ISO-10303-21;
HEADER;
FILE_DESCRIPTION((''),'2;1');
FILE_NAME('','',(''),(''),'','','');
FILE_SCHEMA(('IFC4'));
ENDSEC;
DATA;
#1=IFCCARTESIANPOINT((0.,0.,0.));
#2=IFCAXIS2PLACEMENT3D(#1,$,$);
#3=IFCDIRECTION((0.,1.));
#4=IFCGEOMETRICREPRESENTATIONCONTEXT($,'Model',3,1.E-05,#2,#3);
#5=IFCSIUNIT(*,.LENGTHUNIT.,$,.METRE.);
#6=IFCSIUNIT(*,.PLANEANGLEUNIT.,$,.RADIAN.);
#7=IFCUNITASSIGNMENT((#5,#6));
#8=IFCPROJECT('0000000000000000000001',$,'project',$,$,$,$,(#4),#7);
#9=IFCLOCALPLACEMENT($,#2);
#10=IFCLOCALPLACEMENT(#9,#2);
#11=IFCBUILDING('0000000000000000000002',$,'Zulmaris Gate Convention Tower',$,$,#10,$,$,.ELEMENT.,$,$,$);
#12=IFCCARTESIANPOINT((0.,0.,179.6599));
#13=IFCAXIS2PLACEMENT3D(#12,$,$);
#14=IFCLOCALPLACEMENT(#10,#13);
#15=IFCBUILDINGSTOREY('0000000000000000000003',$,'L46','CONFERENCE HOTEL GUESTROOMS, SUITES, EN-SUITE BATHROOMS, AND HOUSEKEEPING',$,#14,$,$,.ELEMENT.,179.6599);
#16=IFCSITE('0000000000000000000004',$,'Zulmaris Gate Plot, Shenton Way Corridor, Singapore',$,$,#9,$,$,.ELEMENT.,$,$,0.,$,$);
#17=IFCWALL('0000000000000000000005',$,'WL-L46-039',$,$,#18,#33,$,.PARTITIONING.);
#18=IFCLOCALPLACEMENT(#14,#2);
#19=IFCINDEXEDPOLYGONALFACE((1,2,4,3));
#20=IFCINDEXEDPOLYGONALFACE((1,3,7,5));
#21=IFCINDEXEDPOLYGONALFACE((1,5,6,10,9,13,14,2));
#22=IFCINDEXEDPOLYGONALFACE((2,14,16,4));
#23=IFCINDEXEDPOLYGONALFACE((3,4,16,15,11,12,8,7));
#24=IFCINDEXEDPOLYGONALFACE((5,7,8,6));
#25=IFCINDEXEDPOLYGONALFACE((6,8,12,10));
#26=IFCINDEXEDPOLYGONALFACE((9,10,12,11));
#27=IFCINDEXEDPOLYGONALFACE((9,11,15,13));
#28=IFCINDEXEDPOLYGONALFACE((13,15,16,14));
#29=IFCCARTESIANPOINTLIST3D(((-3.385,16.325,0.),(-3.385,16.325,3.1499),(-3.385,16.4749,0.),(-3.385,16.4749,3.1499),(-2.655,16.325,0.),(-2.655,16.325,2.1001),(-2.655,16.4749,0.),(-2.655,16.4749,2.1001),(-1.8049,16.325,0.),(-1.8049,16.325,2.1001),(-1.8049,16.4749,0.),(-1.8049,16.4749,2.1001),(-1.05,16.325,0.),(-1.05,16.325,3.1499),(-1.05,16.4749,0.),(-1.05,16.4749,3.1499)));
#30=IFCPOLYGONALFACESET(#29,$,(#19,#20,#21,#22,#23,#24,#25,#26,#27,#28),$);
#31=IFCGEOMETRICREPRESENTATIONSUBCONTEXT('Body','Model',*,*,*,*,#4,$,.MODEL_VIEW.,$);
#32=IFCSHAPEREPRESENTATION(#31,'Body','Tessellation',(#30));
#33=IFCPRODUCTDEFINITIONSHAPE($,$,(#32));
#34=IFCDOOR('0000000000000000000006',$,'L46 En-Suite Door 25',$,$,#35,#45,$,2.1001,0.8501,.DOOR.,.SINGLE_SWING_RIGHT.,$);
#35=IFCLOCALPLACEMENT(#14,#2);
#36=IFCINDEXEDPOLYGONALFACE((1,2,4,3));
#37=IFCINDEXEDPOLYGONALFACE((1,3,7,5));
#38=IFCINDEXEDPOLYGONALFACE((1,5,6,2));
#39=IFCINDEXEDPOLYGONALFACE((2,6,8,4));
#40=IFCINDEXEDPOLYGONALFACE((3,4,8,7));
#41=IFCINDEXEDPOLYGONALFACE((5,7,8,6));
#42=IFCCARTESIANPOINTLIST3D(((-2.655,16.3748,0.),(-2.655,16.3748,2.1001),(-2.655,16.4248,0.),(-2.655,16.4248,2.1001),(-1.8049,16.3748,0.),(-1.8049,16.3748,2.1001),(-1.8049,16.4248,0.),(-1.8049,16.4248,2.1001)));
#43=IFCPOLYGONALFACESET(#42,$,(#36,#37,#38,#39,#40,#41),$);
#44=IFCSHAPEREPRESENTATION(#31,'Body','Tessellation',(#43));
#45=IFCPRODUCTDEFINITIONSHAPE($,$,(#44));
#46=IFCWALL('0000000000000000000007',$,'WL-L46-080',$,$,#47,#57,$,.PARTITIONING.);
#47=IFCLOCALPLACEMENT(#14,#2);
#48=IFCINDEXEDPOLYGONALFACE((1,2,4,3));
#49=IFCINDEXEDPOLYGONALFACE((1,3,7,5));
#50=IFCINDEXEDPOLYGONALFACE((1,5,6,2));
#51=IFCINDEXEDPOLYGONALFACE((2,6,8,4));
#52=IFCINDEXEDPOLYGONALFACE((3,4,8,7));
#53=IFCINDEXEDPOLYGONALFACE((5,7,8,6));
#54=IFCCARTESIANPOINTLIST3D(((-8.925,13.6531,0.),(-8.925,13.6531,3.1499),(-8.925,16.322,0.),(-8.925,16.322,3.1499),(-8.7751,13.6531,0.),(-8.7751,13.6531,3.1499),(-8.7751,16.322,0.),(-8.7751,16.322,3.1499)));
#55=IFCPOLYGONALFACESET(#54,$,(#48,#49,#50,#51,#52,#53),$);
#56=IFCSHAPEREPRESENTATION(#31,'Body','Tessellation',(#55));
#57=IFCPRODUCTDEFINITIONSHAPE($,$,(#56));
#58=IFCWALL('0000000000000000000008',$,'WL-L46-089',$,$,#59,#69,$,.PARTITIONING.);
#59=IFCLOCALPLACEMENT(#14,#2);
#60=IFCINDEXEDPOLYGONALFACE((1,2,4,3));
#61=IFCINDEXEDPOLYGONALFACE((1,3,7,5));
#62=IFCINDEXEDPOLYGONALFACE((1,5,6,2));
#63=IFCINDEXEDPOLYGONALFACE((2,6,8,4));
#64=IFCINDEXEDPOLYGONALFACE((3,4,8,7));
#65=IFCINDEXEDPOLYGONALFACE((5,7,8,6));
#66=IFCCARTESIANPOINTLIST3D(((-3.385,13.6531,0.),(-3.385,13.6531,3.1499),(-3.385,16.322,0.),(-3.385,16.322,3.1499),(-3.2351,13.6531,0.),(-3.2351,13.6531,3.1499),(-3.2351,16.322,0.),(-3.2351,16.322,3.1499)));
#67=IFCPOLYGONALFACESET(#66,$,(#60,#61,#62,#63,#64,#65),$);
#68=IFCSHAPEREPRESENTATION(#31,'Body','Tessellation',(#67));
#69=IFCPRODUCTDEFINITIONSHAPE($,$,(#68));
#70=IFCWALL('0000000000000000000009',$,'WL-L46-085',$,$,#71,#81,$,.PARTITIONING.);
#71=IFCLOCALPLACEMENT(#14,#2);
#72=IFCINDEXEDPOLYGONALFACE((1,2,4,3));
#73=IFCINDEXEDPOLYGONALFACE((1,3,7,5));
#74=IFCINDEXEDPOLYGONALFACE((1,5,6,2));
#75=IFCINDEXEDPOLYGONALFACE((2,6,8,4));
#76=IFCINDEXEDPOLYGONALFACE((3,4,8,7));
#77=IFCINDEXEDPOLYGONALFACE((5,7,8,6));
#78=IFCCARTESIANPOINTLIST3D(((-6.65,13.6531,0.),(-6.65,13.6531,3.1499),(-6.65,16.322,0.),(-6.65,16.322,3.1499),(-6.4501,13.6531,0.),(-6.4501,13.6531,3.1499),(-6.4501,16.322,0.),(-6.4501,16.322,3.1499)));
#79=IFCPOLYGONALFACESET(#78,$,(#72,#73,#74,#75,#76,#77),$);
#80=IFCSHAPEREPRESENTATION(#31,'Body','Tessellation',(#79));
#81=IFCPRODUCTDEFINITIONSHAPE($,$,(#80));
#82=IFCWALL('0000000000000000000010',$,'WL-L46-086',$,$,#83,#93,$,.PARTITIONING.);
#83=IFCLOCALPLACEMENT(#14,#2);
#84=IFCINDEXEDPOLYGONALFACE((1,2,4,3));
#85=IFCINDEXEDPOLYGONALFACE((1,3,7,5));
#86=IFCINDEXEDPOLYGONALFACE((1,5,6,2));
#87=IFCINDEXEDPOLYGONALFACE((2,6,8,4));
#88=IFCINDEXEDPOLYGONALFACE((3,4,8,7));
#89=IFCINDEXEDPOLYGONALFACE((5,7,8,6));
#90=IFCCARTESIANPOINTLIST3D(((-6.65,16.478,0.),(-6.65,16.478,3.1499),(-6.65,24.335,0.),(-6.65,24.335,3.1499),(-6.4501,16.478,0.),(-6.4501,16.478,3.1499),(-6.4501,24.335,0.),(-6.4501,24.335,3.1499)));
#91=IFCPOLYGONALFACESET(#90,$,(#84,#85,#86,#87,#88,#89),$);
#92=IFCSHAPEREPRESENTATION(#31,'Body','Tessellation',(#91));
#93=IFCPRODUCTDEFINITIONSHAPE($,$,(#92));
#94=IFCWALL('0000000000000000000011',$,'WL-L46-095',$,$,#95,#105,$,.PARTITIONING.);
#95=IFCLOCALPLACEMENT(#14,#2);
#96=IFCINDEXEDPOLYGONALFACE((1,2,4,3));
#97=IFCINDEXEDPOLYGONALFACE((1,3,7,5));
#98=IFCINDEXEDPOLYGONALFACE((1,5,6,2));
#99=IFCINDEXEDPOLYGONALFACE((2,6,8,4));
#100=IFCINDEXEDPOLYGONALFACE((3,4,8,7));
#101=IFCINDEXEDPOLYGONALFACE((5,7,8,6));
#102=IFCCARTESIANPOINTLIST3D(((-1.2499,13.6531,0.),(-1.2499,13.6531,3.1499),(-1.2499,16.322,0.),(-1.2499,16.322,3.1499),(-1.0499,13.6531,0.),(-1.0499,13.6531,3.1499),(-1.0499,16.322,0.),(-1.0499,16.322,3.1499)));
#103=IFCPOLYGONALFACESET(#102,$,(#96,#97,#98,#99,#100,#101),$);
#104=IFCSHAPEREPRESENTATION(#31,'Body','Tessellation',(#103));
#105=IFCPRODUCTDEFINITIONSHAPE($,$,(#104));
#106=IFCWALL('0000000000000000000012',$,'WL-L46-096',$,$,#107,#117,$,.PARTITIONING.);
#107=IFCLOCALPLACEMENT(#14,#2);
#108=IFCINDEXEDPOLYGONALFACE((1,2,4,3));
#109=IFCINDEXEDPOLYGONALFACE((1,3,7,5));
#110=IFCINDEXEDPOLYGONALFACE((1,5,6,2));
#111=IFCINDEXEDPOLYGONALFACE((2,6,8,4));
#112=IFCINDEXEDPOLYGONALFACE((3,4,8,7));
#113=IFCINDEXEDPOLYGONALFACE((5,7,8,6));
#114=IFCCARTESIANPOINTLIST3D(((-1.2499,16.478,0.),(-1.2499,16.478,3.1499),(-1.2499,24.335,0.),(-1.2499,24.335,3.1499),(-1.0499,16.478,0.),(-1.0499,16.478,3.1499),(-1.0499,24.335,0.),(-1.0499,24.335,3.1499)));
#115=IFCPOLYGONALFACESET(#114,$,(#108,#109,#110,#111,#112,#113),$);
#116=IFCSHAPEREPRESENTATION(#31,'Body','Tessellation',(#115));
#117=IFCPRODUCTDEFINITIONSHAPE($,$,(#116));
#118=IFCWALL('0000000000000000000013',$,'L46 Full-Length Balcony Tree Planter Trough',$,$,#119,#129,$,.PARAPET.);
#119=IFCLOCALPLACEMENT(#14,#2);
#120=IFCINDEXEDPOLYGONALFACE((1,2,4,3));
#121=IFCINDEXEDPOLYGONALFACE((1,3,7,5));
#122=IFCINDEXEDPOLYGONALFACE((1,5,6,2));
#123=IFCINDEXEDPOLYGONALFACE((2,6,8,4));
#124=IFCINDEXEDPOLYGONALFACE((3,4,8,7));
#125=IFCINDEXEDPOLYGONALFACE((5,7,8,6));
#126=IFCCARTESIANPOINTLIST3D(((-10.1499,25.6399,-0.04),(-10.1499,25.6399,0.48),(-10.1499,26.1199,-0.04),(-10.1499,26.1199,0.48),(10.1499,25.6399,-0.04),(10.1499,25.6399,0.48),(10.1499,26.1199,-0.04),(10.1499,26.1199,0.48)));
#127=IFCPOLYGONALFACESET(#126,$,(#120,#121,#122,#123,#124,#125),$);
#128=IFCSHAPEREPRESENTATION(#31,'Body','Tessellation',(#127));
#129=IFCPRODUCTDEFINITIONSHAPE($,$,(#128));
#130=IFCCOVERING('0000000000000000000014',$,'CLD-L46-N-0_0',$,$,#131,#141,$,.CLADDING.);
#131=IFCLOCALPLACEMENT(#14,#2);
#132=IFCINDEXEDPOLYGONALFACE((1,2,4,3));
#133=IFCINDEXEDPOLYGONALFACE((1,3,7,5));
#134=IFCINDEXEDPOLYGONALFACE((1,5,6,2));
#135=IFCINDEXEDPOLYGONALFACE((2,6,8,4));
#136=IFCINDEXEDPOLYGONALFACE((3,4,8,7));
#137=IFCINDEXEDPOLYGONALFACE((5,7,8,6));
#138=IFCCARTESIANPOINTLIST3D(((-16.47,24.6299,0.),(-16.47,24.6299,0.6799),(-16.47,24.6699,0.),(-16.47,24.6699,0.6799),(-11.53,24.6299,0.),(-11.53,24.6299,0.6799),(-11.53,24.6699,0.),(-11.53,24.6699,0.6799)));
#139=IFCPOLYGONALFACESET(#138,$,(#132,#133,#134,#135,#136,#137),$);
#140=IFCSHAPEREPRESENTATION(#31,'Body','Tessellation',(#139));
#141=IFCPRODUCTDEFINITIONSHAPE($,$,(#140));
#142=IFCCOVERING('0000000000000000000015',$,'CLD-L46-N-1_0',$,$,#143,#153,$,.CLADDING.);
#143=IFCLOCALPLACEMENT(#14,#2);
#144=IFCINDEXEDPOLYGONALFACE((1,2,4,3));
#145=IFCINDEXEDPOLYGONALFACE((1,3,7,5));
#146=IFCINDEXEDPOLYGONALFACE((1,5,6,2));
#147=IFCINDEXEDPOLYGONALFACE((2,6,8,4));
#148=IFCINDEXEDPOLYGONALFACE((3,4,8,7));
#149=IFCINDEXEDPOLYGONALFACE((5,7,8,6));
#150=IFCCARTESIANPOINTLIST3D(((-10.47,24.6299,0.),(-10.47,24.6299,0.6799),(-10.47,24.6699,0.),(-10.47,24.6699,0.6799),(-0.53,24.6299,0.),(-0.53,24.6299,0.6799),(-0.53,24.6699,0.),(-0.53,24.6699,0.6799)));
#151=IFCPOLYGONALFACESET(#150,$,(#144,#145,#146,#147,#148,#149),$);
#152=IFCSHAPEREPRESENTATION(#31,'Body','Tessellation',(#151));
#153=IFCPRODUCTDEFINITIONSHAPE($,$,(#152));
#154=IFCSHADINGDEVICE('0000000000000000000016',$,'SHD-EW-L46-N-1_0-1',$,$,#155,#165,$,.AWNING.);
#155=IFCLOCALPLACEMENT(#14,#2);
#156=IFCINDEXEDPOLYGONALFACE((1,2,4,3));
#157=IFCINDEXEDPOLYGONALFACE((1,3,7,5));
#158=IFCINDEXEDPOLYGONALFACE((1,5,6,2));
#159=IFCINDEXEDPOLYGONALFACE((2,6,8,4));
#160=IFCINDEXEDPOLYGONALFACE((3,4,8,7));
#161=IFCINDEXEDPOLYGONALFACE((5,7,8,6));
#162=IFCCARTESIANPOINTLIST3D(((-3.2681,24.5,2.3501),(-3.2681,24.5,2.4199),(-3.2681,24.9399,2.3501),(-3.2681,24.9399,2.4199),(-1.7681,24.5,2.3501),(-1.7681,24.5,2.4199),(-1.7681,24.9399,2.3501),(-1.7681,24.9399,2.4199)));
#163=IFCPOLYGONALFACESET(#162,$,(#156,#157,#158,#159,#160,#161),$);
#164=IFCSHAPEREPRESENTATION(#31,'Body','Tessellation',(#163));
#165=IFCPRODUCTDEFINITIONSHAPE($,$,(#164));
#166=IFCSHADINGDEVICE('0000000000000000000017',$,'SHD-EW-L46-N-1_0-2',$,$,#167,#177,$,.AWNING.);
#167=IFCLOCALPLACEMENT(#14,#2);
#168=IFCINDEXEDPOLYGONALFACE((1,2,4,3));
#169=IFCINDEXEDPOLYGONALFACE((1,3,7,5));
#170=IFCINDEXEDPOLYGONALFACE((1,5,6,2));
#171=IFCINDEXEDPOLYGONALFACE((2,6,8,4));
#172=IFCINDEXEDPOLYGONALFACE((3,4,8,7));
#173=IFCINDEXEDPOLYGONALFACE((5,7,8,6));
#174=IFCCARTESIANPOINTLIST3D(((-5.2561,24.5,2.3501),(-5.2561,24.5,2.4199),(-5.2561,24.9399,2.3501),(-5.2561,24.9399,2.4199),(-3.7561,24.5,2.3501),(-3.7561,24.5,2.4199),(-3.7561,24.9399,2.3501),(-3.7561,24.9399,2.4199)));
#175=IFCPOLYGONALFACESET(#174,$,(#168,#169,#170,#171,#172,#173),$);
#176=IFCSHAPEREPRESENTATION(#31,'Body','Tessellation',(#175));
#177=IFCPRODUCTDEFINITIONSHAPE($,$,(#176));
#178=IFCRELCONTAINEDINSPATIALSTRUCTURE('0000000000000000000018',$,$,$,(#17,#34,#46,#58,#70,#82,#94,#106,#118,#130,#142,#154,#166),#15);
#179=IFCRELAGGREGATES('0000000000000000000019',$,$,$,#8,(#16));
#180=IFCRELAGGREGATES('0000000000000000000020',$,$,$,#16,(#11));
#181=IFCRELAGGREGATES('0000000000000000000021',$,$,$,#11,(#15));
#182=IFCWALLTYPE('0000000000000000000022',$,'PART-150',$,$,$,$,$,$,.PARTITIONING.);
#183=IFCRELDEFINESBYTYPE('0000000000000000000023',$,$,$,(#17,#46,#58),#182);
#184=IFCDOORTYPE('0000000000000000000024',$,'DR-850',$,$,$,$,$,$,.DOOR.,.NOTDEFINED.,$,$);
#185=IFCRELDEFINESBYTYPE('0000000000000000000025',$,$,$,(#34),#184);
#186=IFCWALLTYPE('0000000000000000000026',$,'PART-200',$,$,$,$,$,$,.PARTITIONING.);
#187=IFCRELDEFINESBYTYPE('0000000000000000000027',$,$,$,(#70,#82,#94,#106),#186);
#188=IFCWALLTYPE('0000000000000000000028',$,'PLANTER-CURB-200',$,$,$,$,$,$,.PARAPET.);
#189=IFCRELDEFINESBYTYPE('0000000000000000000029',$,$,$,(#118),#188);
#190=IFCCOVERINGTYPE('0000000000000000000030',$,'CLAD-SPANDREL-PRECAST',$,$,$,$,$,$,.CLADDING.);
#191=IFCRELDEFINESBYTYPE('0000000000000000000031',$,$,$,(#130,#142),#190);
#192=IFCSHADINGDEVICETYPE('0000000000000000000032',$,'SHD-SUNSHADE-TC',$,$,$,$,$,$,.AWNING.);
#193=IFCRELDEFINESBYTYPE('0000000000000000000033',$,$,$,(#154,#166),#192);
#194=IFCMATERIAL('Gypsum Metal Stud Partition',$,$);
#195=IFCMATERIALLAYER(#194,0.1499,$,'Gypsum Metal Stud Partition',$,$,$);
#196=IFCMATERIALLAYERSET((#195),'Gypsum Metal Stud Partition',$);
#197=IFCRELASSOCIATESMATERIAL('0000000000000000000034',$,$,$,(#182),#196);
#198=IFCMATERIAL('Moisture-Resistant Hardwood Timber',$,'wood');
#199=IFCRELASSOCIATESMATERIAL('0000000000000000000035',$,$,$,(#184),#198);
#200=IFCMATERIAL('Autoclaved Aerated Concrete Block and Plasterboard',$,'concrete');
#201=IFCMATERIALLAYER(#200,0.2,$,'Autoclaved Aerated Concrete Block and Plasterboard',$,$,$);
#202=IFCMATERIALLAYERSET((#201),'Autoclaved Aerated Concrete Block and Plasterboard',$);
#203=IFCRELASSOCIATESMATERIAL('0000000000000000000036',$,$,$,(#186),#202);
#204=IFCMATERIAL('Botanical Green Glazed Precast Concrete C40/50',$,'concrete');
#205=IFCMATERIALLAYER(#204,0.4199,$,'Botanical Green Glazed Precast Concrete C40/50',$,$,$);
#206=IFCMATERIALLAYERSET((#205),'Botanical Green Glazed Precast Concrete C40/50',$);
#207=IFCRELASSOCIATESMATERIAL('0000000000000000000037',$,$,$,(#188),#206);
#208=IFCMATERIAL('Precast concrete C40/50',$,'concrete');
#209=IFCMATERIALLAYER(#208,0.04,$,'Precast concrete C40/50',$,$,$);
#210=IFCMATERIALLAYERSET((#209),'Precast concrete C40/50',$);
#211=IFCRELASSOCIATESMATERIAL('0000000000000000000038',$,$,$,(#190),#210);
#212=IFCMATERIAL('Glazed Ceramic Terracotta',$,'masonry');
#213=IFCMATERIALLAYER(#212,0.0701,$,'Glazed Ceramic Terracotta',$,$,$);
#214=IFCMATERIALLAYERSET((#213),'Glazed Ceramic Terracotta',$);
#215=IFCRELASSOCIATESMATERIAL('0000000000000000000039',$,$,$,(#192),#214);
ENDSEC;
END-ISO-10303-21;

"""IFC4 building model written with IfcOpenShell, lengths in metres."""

from ifc_helpers import new_model, si_unit, direction, frame, frame_2d, origin, place, context, subcontext, project, spatial, rectangle, extrude, material, layer, layer_set, type_object, element, fill, save


model = new_model("IFC4")

# Units and contexts
model_context = context("Model", 3, precision=1e-05, world=origin(), true_north=direction((0.0, 1.0)))
body_context = subcontext(model_context, "Body", "Model", "MODEL_VIEW")
ifc_project = project(units=[si_unit("LENGTHUNIT", "METRE"), si_unit("PLANEANGLEUNIT", "RADIAN")], contexts=[model_context])

# Site, building, storey
site_placement = place(None, origin())
site = spatial("IfcSite", under=ifc_project, at=site_placement, Name="Zulmaris Gate Plot, Shenton Way Corridor, Singapore", CompositionType="ELEMENT", RefElevation=0.0)
building_placement = place(site_placement, origin())
building = spatial("IfcBuilding", under=site, at=building_placement, Name="Zulmaris Gate Convention Tower", CompositionType="ELEMENT")
storey_placement = place(building_placement, frame((0.0, 0.0, 179.6599)))
storey = spatial("IfcBuildingStorey", under=building, at=storey_placement, Name="L46", Description="CONFERENCE HOTEL GUESTROOMS, SUITES, EN-SUITE BATHROOMS, AND HOUSEKEEPING", CompositionType="ELEMENT", Elevation=179.6599)

# Shared definitions
ifc_material_1 = material(Name="Gypsum Metal Stud Partition")
ifc_layer_1 = layer(ifc_material_1, 0.1499, Name="Gypsum Metal Stud Partition")
ifc_layer_set_1 = layer_set([ifc_layer_1], Name="Gypsum Metal Stud Partition")
wall_type_1 = type_object("IfcWallType", Name="PART-150", PredefinedType="PARTITIONING", material=ifc_layer_set_1)

# Wall, opening, door
ifc_material_2 = material(Name="Moisture-Resistant Hardwood Timber", Category="wood")
door_type_1 = type_object("IfcDoorType", Name="DR-850", OperationType="NOTDEFINED", PredefinedType="DOOR", material=ifc_material_2)
wall_1_placement = place(storey_placement, frame((-3.385, 16.3999, 0.0), z_axis=(0.0, 0.0, 1.0), x_axis=(1.0, 0.0, 0.0)))
wall_1 = element("IfcWall", 1, at=wall_1_placement, inside=storey, type_object=wall_type_1, Name="WL-L46-039", PredefinedType="PARTITIONING", context=body_context, shape_type="SweptSolid", body=[
    extrude(rectangle(XDim=2.335, YDim=0.1499, at=frame_2d((1.1675, 0.0))), origin(), (0.0, 0.0, 1.0), 3.1499),
])
opening_1_placement = place(wall_1_placement, frame((0.73, 0.0, 0.0)))
opening_1 = element("IfcOpeningElement", 2, at=opening_1_placement, cuts=wall_1, PredefinedType="OPENING", context=body_context, shape_type="SweptSolid", body=[
    extrude(rectangle(XDim=0.8501, YDim=2.1001, at=frame_2d((0.425, 1.05))), frame((0.0, 0.085, 0.0), z_axis=(0.0, -1.0, 0.0), x_axis=(1.0, 0.0, 0.0)), (0.0, 0.0, 1.0), 0.1699),
])
door_1_placement = place(opening_1_placement, origin())
door_1 = element("IfcDoor", 3, at=door_1_placement, inside=storey, type_object=door_type_1, Name="L46 En-Suite Door 25", OperationType="SINGLE_SWING_RIGHT", OverallHeight=2.1001, OverallWidth=0.8501, PredefinedType="DOOR", context=body_context, shape_type="SweptSolid", body=[
    extrude(rectangle(XDim=0.8501, YDim=2.1001, at=frame_2d((0.425, 1.05))), frame((0.0, 0.0249, 0.0), z_axis=(0.0, -1.0, 0.0), x_axis=(1.0, 0.0, 0.0)), (0.0, 0.0, 1.0), 0.05),
])
fill(opening_1, door_1)

# Walls
for number, where, z_axis, x_axis, name in (
    (4, (-8.8501, 13.6531, 0.0), (0.0, 0.0, 1.0), (0.0, 1.0, 0.0), "WL-L46-080"),
    (5, (-3.3101, 13.6531, 0.0), (0.0, 0.0, 1.0), (0.0, 1.0, 0.0), "WL-L46-089"),
):
    element("IfcWall", number, at=place(storey_placement, frame(where, z_axis=z_axis, x_axis=x_axis)), inside=storey, type_object=wall_type_1, Name=name, PredefinedType="PARTITIONING", context=body_context, shape_type="SweptSolid", body=[
        extrude(rectangle(XDim=2.6689, YDim=0.1499, at=frame_2d((1.3345, 0.0))), origin(), (0.0, 0.0, 1.0), 3.1499),
    ])
ifc_material_3 = material(Name="Autoclaved Aerated Concrete Block and Plasterboard", Category="concrete")
ifc_layer_2 = layer(ifc_material_3, 0.2, Name="Autoclaved Aerated Concrete Block and Plasterboard")
ifc_layer_set_2 = layer_set([ifc_layer_2], Name="Autoclaved Aerated Concrete Block and Plasterboard")
wall_type_2 = type_object("IfcWallType", Name="PART-200", PredefinedType="PARTITIONING", material=ifc_layer_set_2)
wall_2_placement = place(storey_placement, frame((-6.55, 13.6531, 0.0), z_axis=(0.0, 0.0, 1.0), x_axis=(0.0, 1.0, 0.0)))
element("IfcWall", 6, at=wall_2_placement, inside=storey, type_object=wall_type_2, Name="WL-L46-085", PredefinedType="PARTITIONING", context=body_context, shape_type="SweptSolid", body=[
    extrude(rectangle(XDim=2.6689, YDim=0.2, at=frame_2d((1.3345, 0.0))), origin(), (0.0, 0.0, 1.0), 3.1499),
])
wall_3_placement = place(storey_placement, frame((-6.55, 16.478, 0.0), z_axis=(0.0, 0.0, 1.0), x_axis=(0.0, 1.0, 0.0)))
element("IfcWall", 7, at=wall_3_placement, inside=storey, type_object=wall_type_2, Name="WL-L46-086", PredefinedType="PARTITIONING", context=body_context, shape_type="SweptSolid", body=[
    extrude(rectangle(XDim=7.8569, YDim=0.2, at=frame_2d((3.9285, 0.0))), origin(), (0.0, 0.0, 1.0), 3.1499),
])
wall_4_placement = place(storey_placement, frame((-1.1499, 13.6531, 0.0), z_axis=(0.0, 0.0, 1.0), x_axis=(0.0, 1.0, 0.0)))
element("IfcWall", 8, at=wall_4_placement, inside=storey, type_object=wall_type_2, Name="WL-L46-095", PredefinedType="PARTITIONING", context=body_context, shape_type="SweptSolid", body=[
    extrude(rectangle(XDim=2.6689, YDim=0.2, at=frame_2d((1.3345, 0.0))), origin(), (0.0, 0.0, 1.0), 3.1499),
])
wall_5_placement = place(storey_placement, frame((-1.1499, 16.478, 0.0), z_axis=(0.0, 0.0, 1.0), x_axis=(0.0, 1.0, 0.0)))
element("IfcWall", 9, at=wall_5_placement, inside=storey, type_object=wall_type_2, Name="WL-L46-096", PredefinedType="PARTITIONING", context=body_context, shape_type="SweptSolid", body=[
    extrude(rectangle(XDim=7.8569, YDim=0.2, at=frame_2d((3.9285, 0.0))), origin(), (0.0, 0.0, 1.0), 3.1499),
])
ifc_material_4 = material(Name="Botanical Green Glazed Precast Concrete C40/50", Category="concrete")
ifc_layer_3 = layer(ifc_material_4, 0.4199, Name="Botanical Green Glazed Precast Concrete C40/50")
ifc_layer_set_3 = layer_set([ifc_layer_3], Name="Botanical Green Glazed Precast Concrete C40/50")
wall_type_3 = type_object("IfcWallType", Name="PLANTER-CURB-200", PredefinedType="PARAPET", material=ifc_layer_set_3)
wall_6_placement = place(storey_placement, frame((-10.1499, 25.8799, -0.04), z_axis=(0.0, 0.0, 1.0), x_axis=(1.0, 0.0, 0.0)))
element("IfcWall", 10, at=wall_6_placement, inside=storey, type_object=wall_type_3, Name="L46 Full-Length Balcony Tree Planter Trough", PredefinedType="PARAPET", context=body_context, shape_type="SweptSolid", body=[
    extrude(rectangle(XDim=20.2998, YDim=0.48, at=frame_2d((10.1499, 0.0))), origin(), (0.0, 0.0, 1.0), 0.52),
])

# Shared definitions
ifc_material_5 = material(Name="Precast concrete C40/50", Category="concrete")

# Coverings
ifc_layer_4 = layer(ifc_material_5, 0.04, Name="Precast concrete C40/50")
ifc_layer_set_4 = layer_set([ifc_layer_4], Name="Precast concrete C40/50")
covering_type = type_object("IfcCoveringType", Name="CLAD-SPANDREL-PRECAST", PredefinedType="CLADDING", material=ifc_layer_set_4)
covering_1_placement = place(storey_placement, frame((-11.53, 24.6499, 0.0), z_axis=(0.0, 0.0, 1.0), x_axis=(-1.0, 0.0, 0.0)))
element("IfcCovering", 11, at=covering_1_placement, inside=storey, type_object=covering_type, Name="CLD-L46-N-0_0", PredefinedType="CLADDING", context=body_context, shape_type="SweptSolid", body=[
    extrude(rectangle(XDim=4.9399, YDim=0.04, at=frame_2d((2.47, 0.0))), origin(), (0.0, 0.0, 1.0), 0.6799),
])
covering_2_placement = place(storey_placement, frame((-0.53, 24.6499, 0.0), z_axis=(0.0, 0.0, 1.0), x_axis=(-1.0, 0.0, 0.0)))
element("IfcCovering", 12, at=covering_2_placement, inside=storey, type_object=covering_type, Name="CLD-L46-N-1_0", PredefinedType="CLADDING", context=body_context, shape_type="SweptSolid", body=[
    extrude(rectangle(XDim=9.9399, YDim=0.04, at=frame_2d((4.97, 0.0))), origin(), (0.0, 0.0, 1.0), 0.6799),
])

# Shading devices
ifc_material_6 = material(Name="Glazed Ceramic Terracotta", Category="masonry")
ifc_layer_5 = layer(ifc_material_6, 0.0701, Name="Glazed Ceramic Terracotta")
ifc_layer_set_5 = layer_set([ifc_layer_5], Name="Glazed Ceramic Terracotta")
shading_device_type = type_object("IfcShadingDeviceType", Name="SHD-SUNSHADE-TC", PredefinedType="AWNING", material=ifc_layer_set_5)
for number, where, z_axis, x_axis, name in (
    (13, (-1.7681, 24.72, 2.3501), (0.0, 0.0, 1.0), (-1.0, 0.0, 0.0), "SHD-EW-L46-N-1_0-1"),
    (14, (-3.7561, 24.72, 2.3501), (0.0, 0.0, 1.0), (-1.0, 0.0, 0.0), "SHD-EW-L46-N-1_0-2"),
):
    element("IfcShadingDevice", number, at=place(storey_placement, frame(where, z_axis=z_axis, x_axis=x_axis)), inside=storey, type_object=shading_device_type, Name=name, PredefinedType="AWNING", context=body_context, shape_type="SweptSolid", body=[
        extrude(rectangle(XDim=1.5, YDim=0.4399, at=frame_2d((0.75, 0.0))), origin(), (0.0, 0.0, 1.0), 0.0698),
    ])

save(model, "model.ifc")
